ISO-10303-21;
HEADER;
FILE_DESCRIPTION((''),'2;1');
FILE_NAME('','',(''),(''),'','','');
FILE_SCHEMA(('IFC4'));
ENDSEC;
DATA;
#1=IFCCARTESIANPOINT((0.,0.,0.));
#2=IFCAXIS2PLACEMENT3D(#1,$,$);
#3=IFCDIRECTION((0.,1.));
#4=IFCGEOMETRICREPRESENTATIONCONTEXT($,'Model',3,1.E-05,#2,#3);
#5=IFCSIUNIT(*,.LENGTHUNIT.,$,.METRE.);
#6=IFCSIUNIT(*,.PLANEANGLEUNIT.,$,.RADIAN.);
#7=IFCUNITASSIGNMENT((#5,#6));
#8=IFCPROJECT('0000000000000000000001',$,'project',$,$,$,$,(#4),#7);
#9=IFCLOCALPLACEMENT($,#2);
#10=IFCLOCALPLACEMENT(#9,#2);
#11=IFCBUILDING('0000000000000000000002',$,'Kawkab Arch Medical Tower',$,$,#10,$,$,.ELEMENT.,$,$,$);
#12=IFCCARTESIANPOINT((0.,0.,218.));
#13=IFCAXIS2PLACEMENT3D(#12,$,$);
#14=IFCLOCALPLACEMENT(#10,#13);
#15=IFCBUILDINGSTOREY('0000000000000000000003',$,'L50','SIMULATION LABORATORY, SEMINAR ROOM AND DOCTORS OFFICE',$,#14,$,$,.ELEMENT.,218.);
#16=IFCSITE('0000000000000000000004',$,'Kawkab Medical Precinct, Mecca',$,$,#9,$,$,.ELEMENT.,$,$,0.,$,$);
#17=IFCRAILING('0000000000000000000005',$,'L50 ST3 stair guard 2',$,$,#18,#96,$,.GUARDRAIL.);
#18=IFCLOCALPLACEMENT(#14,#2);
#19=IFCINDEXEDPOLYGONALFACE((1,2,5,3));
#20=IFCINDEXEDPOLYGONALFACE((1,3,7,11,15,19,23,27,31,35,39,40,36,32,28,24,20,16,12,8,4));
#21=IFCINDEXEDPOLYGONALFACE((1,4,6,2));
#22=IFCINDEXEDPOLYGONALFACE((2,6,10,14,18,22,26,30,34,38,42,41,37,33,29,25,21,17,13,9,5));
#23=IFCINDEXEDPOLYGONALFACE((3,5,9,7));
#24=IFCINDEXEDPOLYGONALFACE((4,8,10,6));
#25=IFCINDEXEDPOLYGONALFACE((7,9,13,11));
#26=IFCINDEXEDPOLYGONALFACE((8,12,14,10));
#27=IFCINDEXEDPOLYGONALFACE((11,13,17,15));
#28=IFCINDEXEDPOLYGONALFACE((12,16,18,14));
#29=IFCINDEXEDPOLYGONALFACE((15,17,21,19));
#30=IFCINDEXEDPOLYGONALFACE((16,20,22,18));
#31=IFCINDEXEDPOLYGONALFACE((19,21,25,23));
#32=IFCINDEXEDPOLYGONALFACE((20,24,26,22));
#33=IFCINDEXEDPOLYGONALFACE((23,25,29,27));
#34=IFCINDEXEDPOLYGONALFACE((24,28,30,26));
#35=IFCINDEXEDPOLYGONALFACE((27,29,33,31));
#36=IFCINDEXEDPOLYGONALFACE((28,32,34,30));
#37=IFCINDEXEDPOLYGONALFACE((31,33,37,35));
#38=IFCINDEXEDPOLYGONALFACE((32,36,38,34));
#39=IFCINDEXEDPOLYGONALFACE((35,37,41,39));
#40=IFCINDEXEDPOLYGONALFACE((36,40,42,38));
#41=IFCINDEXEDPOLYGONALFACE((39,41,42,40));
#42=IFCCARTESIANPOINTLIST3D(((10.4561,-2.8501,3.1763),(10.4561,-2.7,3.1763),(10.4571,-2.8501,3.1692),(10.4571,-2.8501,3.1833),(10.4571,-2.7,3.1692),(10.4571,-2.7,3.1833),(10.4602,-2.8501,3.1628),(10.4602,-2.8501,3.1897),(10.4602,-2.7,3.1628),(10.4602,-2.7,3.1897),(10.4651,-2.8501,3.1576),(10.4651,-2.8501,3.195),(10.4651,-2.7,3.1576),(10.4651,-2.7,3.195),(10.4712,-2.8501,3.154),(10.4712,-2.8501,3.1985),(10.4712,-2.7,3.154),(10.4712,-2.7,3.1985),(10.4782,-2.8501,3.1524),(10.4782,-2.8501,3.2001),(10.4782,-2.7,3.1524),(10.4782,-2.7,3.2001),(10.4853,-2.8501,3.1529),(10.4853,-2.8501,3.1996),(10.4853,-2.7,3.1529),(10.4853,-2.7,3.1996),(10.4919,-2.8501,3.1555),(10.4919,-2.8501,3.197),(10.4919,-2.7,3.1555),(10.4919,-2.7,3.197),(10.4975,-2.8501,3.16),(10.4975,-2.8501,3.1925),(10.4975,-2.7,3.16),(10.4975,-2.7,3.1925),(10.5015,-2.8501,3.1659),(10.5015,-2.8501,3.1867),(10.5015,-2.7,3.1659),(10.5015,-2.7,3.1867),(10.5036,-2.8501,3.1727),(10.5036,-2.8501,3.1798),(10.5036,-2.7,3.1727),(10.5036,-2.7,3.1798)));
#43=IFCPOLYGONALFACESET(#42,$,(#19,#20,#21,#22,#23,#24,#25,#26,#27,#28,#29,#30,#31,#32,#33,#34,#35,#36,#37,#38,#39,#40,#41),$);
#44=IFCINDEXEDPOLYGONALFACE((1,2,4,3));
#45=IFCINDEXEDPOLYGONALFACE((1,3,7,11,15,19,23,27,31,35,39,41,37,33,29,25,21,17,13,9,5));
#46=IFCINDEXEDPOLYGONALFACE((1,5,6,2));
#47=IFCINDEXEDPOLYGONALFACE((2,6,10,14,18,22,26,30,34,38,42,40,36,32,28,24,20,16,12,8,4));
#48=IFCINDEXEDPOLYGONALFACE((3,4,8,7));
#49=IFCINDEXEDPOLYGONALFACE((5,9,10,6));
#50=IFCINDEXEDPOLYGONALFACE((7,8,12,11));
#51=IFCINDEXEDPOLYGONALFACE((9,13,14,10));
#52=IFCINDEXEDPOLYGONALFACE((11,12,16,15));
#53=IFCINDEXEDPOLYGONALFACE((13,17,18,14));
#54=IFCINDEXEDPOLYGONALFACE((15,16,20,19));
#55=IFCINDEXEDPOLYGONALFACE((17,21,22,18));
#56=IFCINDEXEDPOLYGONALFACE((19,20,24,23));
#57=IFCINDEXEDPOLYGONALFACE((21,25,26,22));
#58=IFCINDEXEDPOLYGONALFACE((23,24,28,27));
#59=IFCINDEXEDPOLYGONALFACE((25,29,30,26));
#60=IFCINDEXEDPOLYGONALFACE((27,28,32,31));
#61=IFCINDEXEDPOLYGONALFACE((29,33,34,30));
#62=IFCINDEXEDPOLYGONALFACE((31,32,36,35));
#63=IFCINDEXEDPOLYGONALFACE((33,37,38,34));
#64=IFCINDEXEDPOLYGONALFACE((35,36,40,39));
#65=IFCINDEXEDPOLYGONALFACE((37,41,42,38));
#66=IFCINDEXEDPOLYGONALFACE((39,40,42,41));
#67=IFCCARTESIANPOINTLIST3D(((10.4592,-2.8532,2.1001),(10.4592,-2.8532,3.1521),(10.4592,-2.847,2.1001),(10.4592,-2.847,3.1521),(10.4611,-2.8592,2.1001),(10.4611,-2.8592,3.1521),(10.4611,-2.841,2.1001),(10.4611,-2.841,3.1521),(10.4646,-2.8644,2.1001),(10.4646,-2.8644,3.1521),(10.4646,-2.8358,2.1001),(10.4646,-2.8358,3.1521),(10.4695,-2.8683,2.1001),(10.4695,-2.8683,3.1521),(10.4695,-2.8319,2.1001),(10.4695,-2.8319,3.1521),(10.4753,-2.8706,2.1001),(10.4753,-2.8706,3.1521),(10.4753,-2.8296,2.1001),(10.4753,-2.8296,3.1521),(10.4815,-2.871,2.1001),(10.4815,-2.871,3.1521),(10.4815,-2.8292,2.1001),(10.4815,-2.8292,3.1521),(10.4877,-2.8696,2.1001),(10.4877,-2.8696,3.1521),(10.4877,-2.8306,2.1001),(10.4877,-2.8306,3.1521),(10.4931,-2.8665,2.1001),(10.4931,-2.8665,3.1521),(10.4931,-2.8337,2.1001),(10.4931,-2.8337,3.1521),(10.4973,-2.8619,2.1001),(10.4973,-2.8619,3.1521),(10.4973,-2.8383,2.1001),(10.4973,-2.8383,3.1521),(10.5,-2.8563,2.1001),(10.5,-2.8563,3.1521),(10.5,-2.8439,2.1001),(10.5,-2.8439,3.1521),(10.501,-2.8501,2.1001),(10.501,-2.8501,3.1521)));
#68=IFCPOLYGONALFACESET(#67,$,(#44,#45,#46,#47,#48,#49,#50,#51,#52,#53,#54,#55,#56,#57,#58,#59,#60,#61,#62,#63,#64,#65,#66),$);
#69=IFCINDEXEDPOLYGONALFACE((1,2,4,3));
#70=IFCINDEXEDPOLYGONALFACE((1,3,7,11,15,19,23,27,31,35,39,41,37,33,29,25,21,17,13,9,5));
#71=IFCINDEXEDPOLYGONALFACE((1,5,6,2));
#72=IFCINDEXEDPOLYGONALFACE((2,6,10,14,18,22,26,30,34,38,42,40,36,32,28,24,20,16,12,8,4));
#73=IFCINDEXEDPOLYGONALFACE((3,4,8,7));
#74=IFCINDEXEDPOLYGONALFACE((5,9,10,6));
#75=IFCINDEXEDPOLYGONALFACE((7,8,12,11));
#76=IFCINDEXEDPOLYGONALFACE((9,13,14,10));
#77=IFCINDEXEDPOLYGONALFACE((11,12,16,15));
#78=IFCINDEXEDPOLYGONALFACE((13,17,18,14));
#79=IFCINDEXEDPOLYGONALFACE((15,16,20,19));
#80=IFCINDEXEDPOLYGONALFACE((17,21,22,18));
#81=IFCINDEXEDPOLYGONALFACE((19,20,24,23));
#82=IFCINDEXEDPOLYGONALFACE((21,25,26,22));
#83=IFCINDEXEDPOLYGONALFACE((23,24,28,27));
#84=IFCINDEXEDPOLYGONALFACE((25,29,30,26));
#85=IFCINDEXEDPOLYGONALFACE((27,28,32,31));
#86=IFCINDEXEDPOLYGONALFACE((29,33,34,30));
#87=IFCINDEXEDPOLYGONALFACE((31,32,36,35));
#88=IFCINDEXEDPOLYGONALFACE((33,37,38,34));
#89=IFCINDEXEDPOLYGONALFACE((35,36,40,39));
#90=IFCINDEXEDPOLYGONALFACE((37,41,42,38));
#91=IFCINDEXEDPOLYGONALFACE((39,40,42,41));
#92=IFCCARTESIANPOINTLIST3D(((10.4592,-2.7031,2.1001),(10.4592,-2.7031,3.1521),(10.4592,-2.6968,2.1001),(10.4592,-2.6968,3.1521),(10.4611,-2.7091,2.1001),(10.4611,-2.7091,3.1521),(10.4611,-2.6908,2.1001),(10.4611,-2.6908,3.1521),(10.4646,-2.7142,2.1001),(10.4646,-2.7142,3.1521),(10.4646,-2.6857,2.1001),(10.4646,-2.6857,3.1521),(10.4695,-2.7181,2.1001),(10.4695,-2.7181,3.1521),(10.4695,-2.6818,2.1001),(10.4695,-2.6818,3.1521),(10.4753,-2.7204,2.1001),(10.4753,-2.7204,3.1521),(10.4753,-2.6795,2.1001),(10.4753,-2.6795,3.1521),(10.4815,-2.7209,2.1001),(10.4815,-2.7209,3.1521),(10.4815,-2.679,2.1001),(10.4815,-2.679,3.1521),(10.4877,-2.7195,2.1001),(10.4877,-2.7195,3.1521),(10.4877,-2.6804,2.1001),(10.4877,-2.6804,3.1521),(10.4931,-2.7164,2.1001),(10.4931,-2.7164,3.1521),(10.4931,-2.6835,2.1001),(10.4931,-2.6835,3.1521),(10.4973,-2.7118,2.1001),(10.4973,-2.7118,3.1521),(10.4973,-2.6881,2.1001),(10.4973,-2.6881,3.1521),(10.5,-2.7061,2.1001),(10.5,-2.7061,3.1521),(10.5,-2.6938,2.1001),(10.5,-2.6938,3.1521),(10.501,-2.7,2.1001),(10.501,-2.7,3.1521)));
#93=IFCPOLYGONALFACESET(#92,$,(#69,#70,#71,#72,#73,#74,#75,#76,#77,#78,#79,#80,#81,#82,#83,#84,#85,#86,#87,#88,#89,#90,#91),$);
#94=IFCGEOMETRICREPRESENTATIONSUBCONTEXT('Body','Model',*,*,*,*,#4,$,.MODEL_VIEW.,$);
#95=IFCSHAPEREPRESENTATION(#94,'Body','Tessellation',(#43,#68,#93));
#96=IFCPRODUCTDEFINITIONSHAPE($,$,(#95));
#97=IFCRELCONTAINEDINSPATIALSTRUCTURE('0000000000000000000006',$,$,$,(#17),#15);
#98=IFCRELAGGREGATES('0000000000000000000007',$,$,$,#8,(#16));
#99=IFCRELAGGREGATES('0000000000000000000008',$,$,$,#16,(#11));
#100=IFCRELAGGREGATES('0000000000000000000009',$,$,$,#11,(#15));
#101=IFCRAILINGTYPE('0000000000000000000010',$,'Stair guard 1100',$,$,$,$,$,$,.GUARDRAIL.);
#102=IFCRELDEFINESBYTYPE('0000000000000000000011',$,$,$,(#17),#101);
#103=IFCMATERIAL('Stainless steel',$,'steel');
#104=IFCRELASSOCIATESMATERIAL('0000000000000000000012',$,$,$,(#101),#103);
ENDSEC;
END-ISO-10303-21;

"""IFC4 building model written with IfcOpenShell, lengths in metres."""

from ifc_helpers import new_model, si_unit, direction, frame, origin, origin_2d, place, context, subcontext, project, spatial, circle, extrude, material, type_object, element, save


model = new_model("IFC4")

# Units and contexts
model_context = context("Model", 3, precision=1e-05, world=origin(), true_north=direction((0.0, 1.0)))
body_context = subcontext(model_context, "Body", "Model", "MODEL_VIEW")
ifc_project = project(units=[si_unit("LENGTHUNIT", "METRE"), si_unit("PLANEANGLEUNIT", "RADIAN")], contexts=[model_context])

# Site, building, storey
site_placement = place(None, origin())
site = spatial("IfcSite", under=ifc_project, at=site_placement, Name="Kawkab Medical Precinct, Mecca", CompositionType="ELEMENT", RefElevation=0.0)
building_placement = place(site_placement, origin())
building = spatial("IfcBuilding", under=site, at=building_placement, Name="Kawkab Arch Medical Tower", CompositionType="ELEMENT")
storey_placement = place(building_placement, frame((0.0, 0.0, 218.0)))
storey = spatial("IfcBuildingStorey", under=building, at=storey_placement, Name="L50", Description="SIMULATION LABORATORY, SEMINAR ROOM AND DOCTORS OFFICE", CompositionType="ELEMENT", Elevation=218.0)

# Railing
ifc_material_1 = material(Name="Stainless steel", Category="steel")
railing_type_1 = type_object("IfcRailingType", Name="Stair guard 1100", PredefinedType="GUARDRAIL", material=ifc_material_1)
railing_1_placement = place(storey_placement, frame((10.48, -2.8501, 2.1001)))
element("IfcRailing", 1, at=railing_1_placement, inside=storey, type_object=railing_type_1, Name="L50 ST3 stair guard 2", PredefinedType="GUARDRAIL", context=body_context, shape_type="SweptSolid", body=[
    extrude(circle(Radius=0.0239, at=origin_2d()), frame((0.0, 0.0, 1.0762), z_axis=(0.0, 1.0, 0.0), x_axis=(-1.0, 0.0, 0.0)), (0.0, 0.0, 1.0), 0.1501),
    extrude(circle(Radius=0.021, at=origin_2d()), origin(), (0.0, 0.0, 1.0), 1.052),
    extrude(circle(Radius=0.021, at=origin_2d()), frame((0.0, 0.1501, 0.0)), (0.0, 0.0, 1.0), 1.052),
])

save(model, "model.ifc")
